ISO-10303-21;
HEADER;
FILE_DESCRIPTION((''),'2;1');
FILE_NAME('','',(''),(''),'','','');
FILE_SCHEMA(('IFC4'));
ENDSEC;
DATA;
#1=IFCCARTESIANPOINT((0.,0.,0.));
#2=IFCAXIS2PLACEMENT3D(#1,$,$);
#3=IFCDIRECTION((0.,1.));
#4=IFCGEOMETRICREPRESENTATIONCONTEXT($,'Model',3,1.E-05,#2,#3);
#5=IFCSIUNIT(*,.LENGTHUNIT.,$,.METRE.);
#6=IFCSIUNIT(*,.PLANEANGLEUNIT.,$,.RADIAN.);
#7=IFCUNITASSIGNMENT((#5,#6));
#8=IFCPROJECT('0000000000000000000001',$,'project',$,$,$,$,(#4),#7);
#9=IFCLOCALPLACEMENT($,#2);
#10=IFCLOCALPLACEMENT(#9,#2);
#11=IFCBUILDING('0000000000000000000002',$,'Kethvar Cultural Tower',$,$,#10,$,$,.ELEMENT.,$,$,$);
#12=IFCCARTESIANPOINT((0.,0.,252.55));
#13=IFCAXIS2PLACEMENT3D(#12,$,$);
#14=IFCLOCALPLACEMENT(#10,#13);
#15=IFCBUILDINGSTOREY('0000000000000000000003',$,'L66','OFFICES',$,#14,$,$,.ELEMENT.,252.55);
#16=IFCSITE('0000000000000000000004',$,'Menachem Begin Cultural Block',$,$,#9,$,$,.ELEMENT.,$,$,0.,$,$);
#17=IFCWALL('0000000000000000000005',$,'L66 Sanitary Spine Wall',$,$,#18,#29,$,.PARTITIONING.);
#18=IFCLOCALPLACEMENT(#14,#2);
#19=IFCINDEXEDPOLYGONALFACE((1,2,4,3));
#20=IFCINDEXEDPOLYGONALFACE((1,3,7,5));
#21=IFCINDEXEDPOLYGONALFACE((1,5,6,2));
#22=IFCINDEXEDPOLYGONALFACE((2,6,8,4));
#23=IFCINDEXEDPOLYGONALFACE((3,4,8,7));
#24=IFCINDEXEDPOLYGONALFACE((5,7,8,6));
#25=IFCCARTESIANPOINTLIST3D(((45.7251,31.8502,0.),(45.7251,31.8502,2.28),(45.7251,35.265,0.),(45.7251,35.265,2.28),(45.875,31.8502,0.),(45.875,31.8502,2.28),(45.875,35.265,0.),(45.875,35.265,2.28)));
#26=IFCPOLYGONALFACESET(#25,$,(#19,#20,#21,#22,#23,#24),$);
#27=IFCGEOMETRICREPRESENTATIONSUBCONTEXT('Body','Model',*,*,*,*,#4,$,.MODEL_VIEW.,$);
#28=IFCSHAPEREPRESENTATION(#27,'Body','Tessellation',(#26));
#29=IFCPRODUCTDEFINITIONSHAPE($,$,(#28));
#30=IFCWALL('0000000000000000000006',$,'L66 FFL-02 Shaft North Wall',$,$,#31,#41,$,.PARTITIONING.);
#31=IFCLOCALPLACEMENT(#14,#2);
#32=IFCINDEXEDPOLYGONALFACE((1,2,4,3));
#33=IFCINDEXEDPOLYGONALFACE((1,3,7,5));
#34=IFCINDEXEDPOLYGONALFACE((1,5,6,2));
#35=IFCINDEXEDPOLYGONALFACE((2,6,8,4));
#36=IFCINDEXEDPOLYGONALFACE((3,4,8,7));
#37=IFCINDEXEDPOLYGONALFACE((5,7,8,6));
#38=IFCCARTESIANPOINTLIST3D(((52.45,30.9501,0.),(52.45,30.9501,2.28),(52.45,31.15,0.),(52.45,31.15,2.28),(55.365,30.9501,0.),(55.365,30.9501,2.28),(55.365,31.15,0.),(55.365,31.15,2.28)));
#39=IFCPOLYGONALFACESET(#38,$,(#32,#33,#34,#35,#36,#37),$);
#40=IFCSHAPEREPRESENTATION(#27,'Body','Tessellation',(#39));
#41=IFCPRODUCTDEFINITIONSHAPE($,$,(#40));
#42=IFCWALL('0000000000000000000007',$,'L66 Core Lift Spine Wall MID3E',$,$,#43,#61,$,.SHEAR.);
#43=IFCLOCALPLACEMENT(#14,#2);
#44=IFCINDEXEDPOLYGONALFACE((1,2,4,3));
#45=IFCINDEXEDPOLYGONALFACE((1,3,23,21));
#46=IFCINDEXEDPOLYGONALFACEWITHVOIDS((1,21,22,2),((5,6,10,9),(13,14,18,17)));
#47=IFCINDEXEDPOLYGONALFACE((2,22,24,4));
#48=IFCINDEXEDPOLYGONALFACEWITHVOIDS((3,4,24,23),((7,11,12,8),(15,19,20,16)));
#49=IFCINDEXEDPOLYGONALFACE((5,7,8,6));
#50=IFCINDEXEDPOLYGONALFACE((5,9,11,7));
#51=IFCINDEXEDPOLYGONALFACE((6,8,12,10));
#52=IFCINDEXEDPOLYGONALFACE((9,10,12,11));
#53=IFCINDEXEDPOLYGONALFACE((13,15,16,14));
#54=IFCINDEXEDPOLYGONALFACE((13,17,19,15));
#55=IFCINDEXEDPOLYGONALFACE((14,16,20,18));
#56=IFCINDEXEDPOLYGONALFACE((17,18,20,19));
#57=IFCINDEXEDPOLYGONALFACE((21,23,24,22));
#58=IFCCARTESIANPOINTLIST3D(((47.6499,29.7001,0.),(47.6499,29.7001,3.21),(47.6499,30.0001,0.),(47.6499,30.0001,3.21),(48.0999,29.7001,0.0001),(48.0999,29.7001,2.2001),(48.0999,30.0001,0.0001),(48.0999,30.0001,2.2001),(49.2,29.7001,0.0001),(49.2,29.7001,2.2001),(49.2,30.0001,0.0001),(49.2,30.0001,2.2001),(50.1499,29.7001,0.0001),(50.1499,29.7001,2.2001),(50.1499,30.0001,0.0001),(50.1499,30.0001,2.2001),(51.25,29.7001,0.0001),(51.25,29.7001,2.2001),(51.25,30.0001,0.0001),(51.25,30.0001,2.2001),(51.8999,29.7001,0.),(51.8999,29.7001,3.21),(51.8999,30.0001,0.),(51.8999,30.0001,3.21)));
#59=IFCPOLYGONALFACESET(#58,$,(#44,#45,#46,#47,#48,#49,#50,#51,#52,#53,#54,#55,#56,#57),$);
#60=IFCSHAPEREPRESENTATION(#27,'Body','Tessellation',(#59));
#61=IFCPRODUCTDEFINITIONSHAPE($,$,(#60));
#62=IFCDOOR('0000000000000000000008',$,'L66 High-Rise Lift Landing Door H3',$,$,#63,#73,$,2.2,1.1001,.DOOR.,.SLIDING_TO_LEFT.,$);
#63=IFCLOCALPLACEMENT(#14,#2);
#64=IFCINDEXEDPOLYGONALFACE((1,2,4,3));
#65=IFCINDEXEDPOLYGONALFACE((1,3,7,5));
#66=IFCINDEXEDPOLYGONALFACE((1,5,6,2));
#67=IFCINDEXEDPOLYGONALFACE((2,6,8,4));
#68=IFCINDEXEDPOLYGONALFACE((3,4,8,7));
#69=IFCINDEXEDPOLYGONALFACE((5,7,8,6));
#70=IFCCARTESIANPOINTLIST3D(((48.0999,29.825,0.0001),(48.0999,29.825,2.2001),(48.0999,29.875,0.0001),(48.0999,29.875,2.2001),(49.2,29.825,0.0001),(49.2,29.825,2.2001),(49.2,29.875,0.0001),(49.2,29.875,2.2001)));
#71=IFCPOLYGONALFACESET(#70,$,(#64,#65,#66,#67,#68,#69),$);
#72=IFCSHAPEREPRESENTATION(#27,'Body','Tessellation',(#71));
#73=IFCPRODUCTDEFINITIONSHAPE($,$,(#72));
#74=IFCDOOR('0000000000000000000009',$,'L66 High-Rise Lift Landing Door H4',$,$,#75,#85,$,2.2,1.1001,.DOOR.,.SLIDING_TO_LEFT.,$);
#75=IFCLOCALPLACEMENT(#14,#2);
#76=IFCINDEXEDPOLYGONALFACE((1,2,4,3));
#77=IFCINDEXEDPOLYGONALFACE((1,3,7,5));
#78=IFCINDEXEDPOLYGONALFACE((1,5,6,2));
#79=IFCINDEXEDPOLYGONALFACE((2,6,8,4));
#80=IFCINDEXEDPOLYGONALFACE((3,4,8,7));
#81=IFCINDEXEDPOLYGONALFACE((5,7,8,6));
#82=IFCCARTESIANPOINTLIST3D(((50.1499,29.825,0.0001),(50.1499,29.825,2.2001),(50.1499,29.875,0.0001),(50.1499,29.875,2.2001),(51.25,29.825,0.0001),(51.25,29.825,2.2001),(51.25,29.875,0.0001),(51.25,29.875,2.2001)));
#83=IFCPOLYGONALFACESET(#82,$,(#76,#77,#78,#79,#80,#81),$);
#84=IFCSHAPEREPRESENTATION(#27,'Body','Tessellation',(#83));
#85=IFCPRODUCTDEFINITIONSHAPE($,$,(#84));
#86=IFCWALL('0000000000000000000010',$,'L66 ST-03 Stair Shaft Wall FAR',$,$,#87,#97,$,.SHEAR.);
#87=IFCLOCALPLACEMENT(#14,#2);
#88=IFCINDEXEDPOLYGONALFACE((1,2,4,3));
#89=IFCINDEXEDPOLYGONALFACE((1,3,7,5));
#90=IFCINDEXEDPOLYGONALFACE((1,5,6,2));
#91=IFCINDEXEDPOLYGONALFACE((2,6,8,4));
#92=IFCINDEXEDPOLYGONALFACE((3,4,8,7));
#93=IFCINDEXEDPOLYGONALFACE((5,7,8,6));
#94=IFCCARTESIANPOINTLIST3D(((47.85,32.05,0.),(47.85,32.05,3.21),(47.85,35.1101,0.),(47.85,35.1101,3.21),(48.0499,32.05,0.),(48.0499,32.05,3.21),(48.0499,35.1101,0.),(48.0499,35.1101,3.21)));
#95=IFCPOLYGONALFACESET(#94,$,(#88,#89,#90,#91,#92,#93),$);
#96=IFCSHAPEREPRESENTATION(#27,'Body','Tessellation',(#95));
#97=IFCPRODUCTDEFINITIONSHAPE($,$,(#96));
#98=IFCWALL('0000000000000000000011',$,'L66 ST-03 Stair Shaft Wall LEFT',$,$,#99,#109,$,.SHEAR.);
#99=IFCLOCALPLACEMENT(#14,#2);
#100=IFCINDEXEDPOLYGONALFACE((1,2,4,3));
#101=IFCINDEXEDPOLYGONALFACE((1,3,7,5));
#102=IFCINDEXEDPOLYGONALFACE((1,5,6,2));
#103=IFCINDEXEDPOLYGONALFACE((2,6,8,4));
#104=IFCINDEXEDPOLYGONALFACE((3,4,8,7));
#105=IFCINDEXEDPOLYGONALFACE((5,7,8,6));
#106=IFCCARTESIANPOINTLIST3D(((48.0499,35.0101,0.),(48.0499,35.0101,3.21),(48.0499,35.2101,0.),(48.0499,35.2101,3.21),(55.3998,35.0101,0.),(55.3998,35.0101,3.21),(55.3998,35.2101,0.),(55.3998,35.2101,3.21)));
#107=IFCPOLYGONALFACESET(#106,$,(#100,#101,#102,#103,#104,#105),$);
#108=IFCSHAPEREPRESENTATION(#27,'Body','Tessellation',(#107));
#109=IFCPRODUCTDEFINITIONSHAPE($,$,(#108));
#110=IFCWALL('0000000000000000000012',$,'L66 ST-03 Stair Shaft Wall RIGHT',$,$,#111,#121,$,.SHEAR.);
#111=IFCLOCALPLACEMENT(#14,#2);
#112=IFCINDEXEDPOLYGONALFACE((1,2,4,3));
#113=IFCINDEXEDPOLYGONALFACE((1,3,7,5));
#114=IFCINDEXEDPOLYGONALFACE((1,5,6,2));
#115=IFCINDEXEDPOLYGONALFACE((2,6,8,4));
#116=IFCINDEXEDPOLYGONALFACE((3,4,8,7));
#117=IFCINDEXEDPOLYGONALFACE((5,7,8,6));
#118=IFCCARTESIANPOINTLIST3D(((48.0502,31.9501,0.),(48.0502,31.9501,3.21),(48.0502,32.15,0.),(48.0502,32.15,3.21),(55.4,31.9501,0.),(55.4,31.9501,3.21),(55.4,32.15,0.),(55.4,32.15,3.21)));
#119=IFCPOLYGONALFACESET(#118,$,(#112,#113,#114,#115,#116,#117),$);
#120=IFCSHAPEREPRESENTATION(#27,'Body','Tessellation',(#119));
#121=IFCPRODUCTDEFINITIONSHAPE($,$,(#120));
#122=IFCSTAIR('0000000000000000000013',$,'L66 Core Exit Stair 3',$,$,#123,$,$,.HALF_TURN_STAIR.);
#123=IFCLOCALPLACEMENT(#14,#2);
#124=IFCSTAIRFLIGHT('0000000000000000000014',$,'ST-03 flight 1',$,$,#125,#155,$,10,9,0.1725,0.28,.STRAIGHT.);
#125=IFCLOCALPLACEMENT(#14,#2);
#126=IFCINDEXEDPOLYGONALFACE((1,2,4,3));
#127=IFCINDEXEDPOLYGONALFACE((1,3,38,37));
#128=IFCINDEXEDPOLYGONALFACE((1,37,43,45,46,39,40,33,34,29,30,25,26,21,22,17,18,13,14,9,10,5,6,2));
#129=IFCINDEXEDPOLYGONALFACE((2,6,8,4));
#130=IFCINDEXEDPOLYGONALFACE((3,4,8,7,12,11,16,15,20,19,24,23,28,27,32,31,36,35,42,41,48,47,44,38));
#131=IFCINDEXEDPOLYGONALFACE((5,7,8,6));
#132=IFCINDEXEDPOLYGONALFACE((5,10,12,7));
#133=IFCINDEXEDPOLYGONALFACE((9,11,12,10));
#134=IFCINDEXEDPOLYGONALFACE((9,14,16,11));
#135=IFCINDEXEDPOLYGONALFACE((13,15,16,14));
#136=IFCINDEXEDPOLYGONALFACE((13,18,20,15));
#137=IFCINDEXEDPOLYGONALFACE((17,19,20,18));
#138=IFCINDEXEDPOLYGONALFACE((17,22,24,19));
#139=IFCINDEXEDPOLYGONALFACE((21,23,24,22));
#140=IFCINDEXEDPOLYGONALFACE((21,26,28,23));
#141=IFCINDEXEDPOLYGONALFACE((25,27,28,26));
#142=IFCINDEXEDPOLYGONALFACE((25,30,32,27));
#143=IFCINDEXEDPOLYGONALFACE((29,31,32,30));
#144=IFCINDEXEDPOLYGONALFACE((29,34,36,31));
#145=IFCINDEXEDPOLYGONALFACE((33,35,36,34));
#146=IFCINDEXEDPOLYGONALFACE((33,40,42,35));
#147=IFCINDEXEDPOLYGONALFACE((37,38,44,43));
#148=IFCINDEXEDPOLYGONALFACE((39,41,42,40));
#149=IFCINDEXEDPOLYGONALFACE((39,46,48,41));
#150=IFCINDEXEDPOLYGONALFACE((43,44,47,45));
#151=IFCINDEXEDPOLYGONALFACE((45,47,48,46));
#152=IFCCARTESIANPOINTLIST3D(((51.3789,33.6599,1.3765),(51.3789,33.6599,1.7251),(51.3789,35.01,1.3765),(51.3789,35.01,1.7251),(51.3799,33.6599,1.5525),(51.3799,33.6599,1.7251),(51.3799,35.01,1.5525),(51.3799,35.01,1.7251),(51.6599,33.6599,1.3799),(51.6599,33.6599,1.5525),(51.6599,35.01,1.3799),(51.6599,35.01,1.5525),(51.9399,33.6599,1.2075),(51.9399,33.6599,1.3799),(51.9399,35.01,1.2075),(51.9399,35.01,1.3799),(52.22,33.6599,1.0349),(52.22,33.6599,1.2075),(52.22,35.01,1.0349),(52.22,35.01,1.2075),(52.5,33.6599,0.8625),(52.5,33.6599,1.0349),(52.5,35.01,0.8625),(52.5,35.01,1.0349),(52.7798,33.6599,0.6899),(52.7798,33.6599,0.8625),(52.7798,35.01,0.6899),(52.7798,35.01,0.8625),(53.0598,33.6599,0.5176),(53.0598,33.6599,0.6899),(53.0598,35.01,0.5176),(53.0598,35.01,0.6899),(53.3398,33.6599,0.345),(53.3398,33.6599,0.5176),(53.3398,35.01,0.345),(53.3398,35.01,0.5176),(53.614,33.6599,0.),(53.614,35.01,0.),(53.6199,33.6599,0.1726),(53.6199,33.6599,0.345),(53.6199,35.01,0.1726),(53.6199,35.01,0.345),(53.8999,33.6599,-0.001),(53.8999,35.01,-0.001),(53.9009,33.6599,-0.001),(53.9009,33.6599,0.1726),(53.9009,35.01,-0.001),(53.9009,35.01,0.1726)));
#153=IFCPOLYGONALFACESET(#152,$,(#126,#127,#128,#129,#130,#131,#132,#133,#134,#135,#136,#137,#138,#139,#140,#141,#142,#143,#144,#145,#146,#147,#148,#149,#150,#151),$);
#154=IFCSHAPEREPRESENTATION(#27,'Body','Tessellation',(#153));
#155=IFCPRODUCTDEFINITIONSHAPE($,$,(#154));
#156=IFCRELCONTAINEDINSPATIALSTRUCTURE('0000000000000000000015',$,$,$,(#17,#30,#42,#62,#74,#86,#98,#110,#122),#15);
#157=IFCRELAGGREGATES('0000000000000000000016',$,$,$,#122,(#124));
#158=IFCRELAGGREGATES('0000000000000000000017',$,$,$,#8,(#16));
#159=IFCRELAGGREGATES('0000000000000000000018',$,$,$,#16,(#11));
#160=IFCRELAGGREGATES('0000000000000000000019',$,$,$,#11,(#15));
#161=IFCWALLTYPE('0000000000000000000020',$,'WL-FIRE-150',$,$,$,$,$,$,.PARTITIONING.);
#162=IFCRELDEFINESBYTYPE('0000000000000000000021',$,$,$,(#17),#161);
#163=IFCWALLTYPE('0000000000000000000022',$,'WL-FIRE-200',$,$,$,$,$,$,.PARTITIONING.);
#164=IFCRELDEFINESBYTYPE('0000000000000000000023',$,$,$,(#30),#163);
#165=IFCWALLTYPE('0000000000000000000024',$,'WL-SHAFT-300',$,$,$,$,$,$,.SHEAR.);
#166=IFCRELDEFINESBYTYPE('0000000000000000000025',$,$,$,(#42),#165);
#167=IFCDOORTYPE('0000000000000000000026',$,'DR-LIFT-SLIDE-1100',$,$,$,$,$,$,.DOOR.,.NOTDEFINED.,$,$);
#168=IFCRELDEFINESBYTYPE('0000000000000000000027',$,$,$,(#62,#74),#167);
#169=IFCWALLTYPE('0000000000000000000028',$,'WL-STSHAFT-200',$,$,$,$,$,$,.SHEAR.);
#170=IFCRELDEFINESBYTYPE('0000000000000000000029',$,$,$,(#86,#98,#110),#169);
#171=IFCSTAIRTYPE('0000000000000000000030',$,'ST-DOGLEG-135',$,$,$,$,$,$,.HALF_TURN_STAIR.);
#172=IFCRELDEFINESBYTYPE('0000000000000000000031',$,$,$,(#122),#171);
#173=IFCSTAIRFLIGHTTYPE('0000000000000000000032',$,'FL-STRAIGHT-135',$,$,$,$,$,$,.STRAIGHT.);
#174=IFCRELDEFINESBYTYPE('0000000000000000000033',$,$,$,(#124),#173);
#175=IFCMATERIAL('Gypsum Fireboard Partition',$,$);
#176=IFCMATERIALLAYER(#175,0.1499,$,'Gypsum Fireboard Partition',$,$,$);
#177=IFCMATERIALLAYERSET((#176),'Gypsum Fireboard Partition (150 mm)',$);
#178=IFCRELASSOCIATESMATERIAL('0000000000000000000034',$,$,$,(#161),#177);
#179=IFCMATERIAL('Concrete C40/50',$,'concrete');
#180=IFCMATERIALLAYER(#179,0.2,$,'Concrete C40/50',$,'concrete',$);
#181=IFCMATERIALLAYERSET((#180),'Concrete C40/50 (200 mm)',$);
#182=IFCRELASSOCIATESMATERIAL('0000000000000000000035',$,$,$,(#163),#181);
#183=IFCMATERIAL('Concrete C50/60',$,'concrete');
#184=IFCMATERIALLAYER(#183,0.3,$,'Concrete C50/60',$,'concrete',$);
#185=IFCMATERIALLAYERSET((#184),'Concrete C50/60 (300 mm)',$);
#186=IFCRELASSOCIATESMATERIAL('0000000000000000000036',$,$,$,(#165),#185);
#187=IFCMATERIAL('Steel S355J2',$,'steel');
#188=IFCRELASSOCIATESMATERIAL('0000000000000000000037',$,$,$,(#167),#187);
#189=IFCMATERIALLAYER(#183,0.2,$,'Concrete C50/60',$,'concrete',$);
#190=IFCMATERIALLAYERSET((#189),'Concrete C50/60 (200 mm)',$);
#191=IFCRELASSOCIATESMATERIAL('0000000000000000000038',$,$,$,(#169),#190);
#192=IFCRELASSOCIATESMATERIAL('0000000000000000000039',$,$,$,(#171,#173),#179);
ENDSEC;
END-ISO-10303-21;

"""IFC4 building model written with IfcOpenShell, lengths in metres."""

from ifc_helpers import new_model, si_unit, direction, frame, frame_2d, origin, place, context, subcontext, project, spatial, polyline, rectangle, outline, extrude, source, transform, mapped, material, layer, layer_set, type_object, element, fill, aggregate, save


model = new_model("IFC4")

# Units and contexts
model_context = context("Model", 3, precision=1e-05, world=origin(), true_north=direction((0.0, 1.0)))
body_context = subcontext(model_context, "Body", "Model", "MODEL_VIEW")
ifc_project = project(units=[si_unit("LENGTHUNIT", "METRE"), si_unit("PLANEANGLEUNIT", "RADIAN")], contexts=[model_context])

# Site, building, storey
site_placement = place(None, origin())
site = spatial("IfcSite", under=ifc_project, at=site_placement, Name="Menachem Begin Cultural Block", CompositionType="ELEMENT", RefElevation=0.0)
building_placement = place(site_placement, origin())
building = spatial("IfcBuilding", under=site, at=building_placement, Name="Kethvar Cultural Tower", CompositionType="ELEMENT")
storey_placement = place(building_placement, frame((0.0, 0.0, 252.55)))
storey = spatial("IfcBuildingStorey", under=building, at=storey_placement, Name="L66", Description="OFFICES", CompositionType="ELEMENT", Elevation=252.55)

# Shared definitions
ifc_material_1 = material(Name="Steel S355J2", Category="steel")

# Walls
ifc_material_2 = material(Name="Gypsum Fireboard Partition")
ifc_layer_1 = layer(ifc_material_2, 0.1499, Name="Gypsum Fireboard Partition")
ifc_layer_set_1 = layer_set([ifc_layer_1], Name="Gypsum Fireboard Partition (150 mm)")
wall_type_1 = type_object("IfcWallType", Name="WL-FIRE-150", PredefinedType="PARTITIONING", material=ifc_layer_set_1)
wall_1_placement = place(storey_placement, frame((45.8, 31.8501, 0.0), z_axis=(0.0, 0.0, 1.0), x_axis=(0.0, 1.0, 0.0)))
element("IfcWall", 1, at=wall_1_placement, inside=storey, type_object=wall_type_1, Name="L66 Sanitary Spine Wall", PredefinedType="PARTITIONING", context=body_context, shape_type="SweptSolid", body=[
    extrude(rectangle(XDim=3.4148, YDim=0.1499, at=frame_2d((1.7075, 0.0))), origin(), (0.0, 0.0, 1.0), 2.28),
])
ifc_material_3 = material(Name="Concrete C40/50", Category="concrete")
ifc_layer_2 = layer(ifc_material_3, 0.2, Name="Concrete C40/50", Category="concrete")
ifc_layer_set_2 = layer_set([ifc_layer_2], Name="Concrete C40/50 (200 mm)")
wall_type_2 = type_object("IfcWallType", Name="WL-FIRE-200", PredefinedType="PARTITIONING", material=ifc_layer_set_2)
wall_2_placement = place(storey_placement, frame((52.45, 31.05, 0.0), z_axis=(0.0, 0.0, 1.0), x_axis=(1.0, 0.0, 0.0)))
element("IfcWall", 2, at=wall_2_placement, inside=storey, type_object=wall_type_2, Name="L66 FFL-02 Shaft North Wall", PredefinedType="PARTITIONING", context=body_context, shape_type="SweptSolid", body=[
    extrude(rectangle(XDim=2.915, YDim=0.2, at=frame_2d((1.4575, 0.0))), origin(), (0.0, 0.0, 1.0), 2.28),
])

# Wall, openings, doors
ifc_material_4 = material(Name="Concrete C50/60", Category="concrete")
ifc_layer_3 = layer(ifc_material_4, 0.3, Name="Concrete C50/60", Category="concrete")
ifc_layer_set_3 = layer_set([ifc_layer_3], Name="Concrete C50/60 (300 mm)")
wall_type_3 = type_object("IfcWallType", Name="WL-SHAFT-300", PredefinedType="SHEAR", material=ifc_layer_set_3)
wall_3_placement = place(storey_placement, frame((47.6499, 29.8501, 0.0), z_axis=(0.0, 0.0, 1.0), x_axis=(1.0, 0.0, 0.0)))
wall_3 = element("IfcWall", 3, at=wall_3_placement, inside=storey, type_object=wall_type_3, Name="L66 Core Lift Spine Wall MID3E", PredefinedType="SHEAR", context=body_context, shape_type="SweptSolid", body=[
    extrude(rectangle(XDim=4.25, YDim=0.3, at=frame_2d((2.125, 0.0))), origin(), (0.0, 0.0, 1.0), 3.21),
])
opening_1_placement = place(wall_3_placement, frame((0.45, 0.0, 0.0)))
opening_1 = element("IfcOpeningElement", 4, at=opening_1_placement, cuts=wall_3, PredefinedType="OPENING", context=body_context, shape_type="SweptSolid", body=[
    extrude(rectangle(XDim=1.1001, YDim=2.2, at=frame_2d((0.55, 1.1001))), frame((0.0, 0.1599, 0.0), z_axis=(0.0, -1.0, 0.0), x_axis=(1.0, 0.0, 0.0)), (0.0, 0.0, 1.0), 0.3201),
])
opening_2_placement = place(wall_3_placement, frame((2.5, 0.0, 0.0)))
opening_2 = element("IfcOpeningElement", 5, at=opening_2_placement, cuts=wall_3, PredefinedType="OPENING", context=body_context, shape_type="SweptSolid", body=[
    extrude(rectangle(XDim=1.1001, YDim=2.2, at=frame_2d((0.55, 1.1001))), frame((0.0, 0.1599, 0.0), z_axis=(0.0, -1.0, 0.0), x_axis=(1.0, 0.0, 0.0)), (0.0, 0.0, 1.0), 0.3201),
])
door_type = type_object("IfcDoorType", Name="DR-LIFT-SLIDE-1100", OperationType="NOTDEFINED", PredefinedType="DOOR", material=ifc_material_1)
shared_shape_1 = source(origin(), body_context, "Body", "SweptSolid", [
    extrude(rectangle(XDim=1.1001, YDim=2.2, at=frame_2d((0.55, 1.1001))), frame((0.0, 0.0249, 0.0), z_axis=(0.0, -1.0, 0.0), x_axis=(1.0, 0.0, 0.0)), (0.0, 0.0, 1.0), 0.05),
])
door_1_placement = place(opening_1_placement, origin())
door_1 = element("IfcDoor", 6, at=door_1_placement, inside=storey, type_object=door_type, Name="L66 High-Rise Lift Landing Door H3", OperationType="SLIDING_TO_LEFT", OverallHeight=2.2, OverallWidth=1.1001, PredefinedType="DOOR", context=body_context, shape_type="MappedRepresentation", body=[
    mapped(shared_shape_1, transform((0.0, 0.0, 0.0), scale=1.0)),
])
fill(opening_1, door_1)
door_2_placement = place(opening_2_placement, origin())
door_2 = element("IfcDoor", 7, at=door_2_placement, inside=storey, type_object=door_type, Name="L66 High-Rise Lift Landing Door H4", OperationType="SLIDING_TO_LEFT", OverallHeight=2.2, OverallWidth=1.1001, PredefinedType="DOOR", context=body_context, shape_type="MappedRepresentation", body=[
    mapped(shared_shape_1, transform((0.0, 0.0, 0.0), scale=1.0)),
])
fill(opening_2, door_2)

# Walls
ifc_layer_4 = layer(ifc_material_4, 0.2, Name="Concrete C50/60", Category="concrete")
ifc_layer_set_4 = layer_set([ifc_layer_4], Name="Concrete C50/60 (200 mm)")
wall_type_4 = type_object("IfcWallType", Name="WL-STSHAFT-200", PredefinedType="SHEAR", material=ifc_layer_set_4)
wall_4_placement = place(storey_placement, frame((47.95, 32.05, 0.0), z_axis=(0.0, 0.0, 1.0), x_axis=(0.0, 1.0, 0.0)))
element("IfcWall", 8, at=wall_4_placement, inside=storey, type_object=wall_type_4, Name="L66 ST-03 Stair Shaft Wall FAR", PredefinedType="SHEAR", context=body_context, shape_type="SweptSolid", body=[
    extrude(rectangle(XDim=3.0601, YDim=0.2, at=frame_2d((1.53, 0.0))), origin(), (0.0, 0.0, 1.0), 3.21),
])
for number, where, z_axis, x_axis, name in (
    (9, (48.05, 35.1101, 0.0), (0.0, 0.0, 1.0), (1.0, 0.0, 0.0), "L66 ST-03 Stair Shaft Wall LEFT"),
    (10, (55.3999, 32.05, 0.0), (0.0, 0.0, 1.0), (-1.0, 0.0, 0.0), "L66 ST-03 Stair Shaft Wall RIGHT"),
):
    element("IfcWall", number, at=place(storey_placement, frame(where, z_axis=z_axis, x_axis=x_axis)), inside=storey, type_object=wall_type_4, Name=name, PredefinedType="SHEAR", context=body_context, shape_type="SweptSolid", body=[
        extrude(rectangle(XDim=7.3499, YDim=0.2, at=frame_2d((3.6748, 0.0))), origin(), (0.0, 0.0, 1.0), 3.21),
    ])

# Stair, stair flight
stair_type = type_object("IfcStairType", Name="ST-DOGLEG-135", PredefinedType="HALF_TURN_STAIR", material=ifc_material_3)
stair_placement = place(storey_placement, origin())
stair = element("IfcStair", 11, at=stair_placement, inside=storey, type_object=stair_type, Name="L66 Core Exit Stair 3", PredefinedType="HALF_TURN_STAIR")
stair_flight_type = type_object("IfcStairFlightType", Name="FL-STRAIGHT-135", PredefinedType="STRAIGHT", material=ifc_material_3)
stair_flight_1_placement = place(storey_placement, frame((53.8999, 34.335, 0.0), z_axis=(0.0, 0.0, 1.0), x_axis=(-1.0, 0.0, 0.0)))
stair_flight_1 = element("IfcStairFlight", 12, at=stair_flight_1_placement, type_object=stair_flight_type, Name="ST-03 flight 1", NumberOfRisers=10, NumberOfTreads=9, PredefinedType="STRAIGHT", RiserHeight=0.1725, TreadLength=0.28, context=body_context, shape_type="SweptSolid", body=[
    extrude(outline(polyline([(-0.001, -0.001), (-0.001, 0.1726), (0.28, 0.1726), (0.28, 0.345), (0.5601, 0.345), (0.5601, 0.5176), (0.8401, 0.5176), (0.8401, 0.6899), (1.1201, 0.6899), (1.1201, 0.8625), (1.3999, 0.8625), (1.3999, 1.0349), (1.6799, 1.0349), (1.6799, 1.2075), (1.96, 1.2075), (1.96, 1.3799), (2.24, 1.3799), (2.24, 1.5525), (2.52, 1.5525), (2.52, 1.7251), (2.521, 1.7251), (2.521, 1.3765), (0.2859, 0.0), (0.0, -0.001), (-0.001, -0.001)])), frame((0.0, 0.675, 0.0), z_axis=(0.0, -1.0, 0.0), x_axis=(1.0, 0.0, 0.0)), (0.0, 0.0, 1.0), 1.3501),
])
aggregate(stair, [stair_flight_1])

save(model, "model.ifc")
